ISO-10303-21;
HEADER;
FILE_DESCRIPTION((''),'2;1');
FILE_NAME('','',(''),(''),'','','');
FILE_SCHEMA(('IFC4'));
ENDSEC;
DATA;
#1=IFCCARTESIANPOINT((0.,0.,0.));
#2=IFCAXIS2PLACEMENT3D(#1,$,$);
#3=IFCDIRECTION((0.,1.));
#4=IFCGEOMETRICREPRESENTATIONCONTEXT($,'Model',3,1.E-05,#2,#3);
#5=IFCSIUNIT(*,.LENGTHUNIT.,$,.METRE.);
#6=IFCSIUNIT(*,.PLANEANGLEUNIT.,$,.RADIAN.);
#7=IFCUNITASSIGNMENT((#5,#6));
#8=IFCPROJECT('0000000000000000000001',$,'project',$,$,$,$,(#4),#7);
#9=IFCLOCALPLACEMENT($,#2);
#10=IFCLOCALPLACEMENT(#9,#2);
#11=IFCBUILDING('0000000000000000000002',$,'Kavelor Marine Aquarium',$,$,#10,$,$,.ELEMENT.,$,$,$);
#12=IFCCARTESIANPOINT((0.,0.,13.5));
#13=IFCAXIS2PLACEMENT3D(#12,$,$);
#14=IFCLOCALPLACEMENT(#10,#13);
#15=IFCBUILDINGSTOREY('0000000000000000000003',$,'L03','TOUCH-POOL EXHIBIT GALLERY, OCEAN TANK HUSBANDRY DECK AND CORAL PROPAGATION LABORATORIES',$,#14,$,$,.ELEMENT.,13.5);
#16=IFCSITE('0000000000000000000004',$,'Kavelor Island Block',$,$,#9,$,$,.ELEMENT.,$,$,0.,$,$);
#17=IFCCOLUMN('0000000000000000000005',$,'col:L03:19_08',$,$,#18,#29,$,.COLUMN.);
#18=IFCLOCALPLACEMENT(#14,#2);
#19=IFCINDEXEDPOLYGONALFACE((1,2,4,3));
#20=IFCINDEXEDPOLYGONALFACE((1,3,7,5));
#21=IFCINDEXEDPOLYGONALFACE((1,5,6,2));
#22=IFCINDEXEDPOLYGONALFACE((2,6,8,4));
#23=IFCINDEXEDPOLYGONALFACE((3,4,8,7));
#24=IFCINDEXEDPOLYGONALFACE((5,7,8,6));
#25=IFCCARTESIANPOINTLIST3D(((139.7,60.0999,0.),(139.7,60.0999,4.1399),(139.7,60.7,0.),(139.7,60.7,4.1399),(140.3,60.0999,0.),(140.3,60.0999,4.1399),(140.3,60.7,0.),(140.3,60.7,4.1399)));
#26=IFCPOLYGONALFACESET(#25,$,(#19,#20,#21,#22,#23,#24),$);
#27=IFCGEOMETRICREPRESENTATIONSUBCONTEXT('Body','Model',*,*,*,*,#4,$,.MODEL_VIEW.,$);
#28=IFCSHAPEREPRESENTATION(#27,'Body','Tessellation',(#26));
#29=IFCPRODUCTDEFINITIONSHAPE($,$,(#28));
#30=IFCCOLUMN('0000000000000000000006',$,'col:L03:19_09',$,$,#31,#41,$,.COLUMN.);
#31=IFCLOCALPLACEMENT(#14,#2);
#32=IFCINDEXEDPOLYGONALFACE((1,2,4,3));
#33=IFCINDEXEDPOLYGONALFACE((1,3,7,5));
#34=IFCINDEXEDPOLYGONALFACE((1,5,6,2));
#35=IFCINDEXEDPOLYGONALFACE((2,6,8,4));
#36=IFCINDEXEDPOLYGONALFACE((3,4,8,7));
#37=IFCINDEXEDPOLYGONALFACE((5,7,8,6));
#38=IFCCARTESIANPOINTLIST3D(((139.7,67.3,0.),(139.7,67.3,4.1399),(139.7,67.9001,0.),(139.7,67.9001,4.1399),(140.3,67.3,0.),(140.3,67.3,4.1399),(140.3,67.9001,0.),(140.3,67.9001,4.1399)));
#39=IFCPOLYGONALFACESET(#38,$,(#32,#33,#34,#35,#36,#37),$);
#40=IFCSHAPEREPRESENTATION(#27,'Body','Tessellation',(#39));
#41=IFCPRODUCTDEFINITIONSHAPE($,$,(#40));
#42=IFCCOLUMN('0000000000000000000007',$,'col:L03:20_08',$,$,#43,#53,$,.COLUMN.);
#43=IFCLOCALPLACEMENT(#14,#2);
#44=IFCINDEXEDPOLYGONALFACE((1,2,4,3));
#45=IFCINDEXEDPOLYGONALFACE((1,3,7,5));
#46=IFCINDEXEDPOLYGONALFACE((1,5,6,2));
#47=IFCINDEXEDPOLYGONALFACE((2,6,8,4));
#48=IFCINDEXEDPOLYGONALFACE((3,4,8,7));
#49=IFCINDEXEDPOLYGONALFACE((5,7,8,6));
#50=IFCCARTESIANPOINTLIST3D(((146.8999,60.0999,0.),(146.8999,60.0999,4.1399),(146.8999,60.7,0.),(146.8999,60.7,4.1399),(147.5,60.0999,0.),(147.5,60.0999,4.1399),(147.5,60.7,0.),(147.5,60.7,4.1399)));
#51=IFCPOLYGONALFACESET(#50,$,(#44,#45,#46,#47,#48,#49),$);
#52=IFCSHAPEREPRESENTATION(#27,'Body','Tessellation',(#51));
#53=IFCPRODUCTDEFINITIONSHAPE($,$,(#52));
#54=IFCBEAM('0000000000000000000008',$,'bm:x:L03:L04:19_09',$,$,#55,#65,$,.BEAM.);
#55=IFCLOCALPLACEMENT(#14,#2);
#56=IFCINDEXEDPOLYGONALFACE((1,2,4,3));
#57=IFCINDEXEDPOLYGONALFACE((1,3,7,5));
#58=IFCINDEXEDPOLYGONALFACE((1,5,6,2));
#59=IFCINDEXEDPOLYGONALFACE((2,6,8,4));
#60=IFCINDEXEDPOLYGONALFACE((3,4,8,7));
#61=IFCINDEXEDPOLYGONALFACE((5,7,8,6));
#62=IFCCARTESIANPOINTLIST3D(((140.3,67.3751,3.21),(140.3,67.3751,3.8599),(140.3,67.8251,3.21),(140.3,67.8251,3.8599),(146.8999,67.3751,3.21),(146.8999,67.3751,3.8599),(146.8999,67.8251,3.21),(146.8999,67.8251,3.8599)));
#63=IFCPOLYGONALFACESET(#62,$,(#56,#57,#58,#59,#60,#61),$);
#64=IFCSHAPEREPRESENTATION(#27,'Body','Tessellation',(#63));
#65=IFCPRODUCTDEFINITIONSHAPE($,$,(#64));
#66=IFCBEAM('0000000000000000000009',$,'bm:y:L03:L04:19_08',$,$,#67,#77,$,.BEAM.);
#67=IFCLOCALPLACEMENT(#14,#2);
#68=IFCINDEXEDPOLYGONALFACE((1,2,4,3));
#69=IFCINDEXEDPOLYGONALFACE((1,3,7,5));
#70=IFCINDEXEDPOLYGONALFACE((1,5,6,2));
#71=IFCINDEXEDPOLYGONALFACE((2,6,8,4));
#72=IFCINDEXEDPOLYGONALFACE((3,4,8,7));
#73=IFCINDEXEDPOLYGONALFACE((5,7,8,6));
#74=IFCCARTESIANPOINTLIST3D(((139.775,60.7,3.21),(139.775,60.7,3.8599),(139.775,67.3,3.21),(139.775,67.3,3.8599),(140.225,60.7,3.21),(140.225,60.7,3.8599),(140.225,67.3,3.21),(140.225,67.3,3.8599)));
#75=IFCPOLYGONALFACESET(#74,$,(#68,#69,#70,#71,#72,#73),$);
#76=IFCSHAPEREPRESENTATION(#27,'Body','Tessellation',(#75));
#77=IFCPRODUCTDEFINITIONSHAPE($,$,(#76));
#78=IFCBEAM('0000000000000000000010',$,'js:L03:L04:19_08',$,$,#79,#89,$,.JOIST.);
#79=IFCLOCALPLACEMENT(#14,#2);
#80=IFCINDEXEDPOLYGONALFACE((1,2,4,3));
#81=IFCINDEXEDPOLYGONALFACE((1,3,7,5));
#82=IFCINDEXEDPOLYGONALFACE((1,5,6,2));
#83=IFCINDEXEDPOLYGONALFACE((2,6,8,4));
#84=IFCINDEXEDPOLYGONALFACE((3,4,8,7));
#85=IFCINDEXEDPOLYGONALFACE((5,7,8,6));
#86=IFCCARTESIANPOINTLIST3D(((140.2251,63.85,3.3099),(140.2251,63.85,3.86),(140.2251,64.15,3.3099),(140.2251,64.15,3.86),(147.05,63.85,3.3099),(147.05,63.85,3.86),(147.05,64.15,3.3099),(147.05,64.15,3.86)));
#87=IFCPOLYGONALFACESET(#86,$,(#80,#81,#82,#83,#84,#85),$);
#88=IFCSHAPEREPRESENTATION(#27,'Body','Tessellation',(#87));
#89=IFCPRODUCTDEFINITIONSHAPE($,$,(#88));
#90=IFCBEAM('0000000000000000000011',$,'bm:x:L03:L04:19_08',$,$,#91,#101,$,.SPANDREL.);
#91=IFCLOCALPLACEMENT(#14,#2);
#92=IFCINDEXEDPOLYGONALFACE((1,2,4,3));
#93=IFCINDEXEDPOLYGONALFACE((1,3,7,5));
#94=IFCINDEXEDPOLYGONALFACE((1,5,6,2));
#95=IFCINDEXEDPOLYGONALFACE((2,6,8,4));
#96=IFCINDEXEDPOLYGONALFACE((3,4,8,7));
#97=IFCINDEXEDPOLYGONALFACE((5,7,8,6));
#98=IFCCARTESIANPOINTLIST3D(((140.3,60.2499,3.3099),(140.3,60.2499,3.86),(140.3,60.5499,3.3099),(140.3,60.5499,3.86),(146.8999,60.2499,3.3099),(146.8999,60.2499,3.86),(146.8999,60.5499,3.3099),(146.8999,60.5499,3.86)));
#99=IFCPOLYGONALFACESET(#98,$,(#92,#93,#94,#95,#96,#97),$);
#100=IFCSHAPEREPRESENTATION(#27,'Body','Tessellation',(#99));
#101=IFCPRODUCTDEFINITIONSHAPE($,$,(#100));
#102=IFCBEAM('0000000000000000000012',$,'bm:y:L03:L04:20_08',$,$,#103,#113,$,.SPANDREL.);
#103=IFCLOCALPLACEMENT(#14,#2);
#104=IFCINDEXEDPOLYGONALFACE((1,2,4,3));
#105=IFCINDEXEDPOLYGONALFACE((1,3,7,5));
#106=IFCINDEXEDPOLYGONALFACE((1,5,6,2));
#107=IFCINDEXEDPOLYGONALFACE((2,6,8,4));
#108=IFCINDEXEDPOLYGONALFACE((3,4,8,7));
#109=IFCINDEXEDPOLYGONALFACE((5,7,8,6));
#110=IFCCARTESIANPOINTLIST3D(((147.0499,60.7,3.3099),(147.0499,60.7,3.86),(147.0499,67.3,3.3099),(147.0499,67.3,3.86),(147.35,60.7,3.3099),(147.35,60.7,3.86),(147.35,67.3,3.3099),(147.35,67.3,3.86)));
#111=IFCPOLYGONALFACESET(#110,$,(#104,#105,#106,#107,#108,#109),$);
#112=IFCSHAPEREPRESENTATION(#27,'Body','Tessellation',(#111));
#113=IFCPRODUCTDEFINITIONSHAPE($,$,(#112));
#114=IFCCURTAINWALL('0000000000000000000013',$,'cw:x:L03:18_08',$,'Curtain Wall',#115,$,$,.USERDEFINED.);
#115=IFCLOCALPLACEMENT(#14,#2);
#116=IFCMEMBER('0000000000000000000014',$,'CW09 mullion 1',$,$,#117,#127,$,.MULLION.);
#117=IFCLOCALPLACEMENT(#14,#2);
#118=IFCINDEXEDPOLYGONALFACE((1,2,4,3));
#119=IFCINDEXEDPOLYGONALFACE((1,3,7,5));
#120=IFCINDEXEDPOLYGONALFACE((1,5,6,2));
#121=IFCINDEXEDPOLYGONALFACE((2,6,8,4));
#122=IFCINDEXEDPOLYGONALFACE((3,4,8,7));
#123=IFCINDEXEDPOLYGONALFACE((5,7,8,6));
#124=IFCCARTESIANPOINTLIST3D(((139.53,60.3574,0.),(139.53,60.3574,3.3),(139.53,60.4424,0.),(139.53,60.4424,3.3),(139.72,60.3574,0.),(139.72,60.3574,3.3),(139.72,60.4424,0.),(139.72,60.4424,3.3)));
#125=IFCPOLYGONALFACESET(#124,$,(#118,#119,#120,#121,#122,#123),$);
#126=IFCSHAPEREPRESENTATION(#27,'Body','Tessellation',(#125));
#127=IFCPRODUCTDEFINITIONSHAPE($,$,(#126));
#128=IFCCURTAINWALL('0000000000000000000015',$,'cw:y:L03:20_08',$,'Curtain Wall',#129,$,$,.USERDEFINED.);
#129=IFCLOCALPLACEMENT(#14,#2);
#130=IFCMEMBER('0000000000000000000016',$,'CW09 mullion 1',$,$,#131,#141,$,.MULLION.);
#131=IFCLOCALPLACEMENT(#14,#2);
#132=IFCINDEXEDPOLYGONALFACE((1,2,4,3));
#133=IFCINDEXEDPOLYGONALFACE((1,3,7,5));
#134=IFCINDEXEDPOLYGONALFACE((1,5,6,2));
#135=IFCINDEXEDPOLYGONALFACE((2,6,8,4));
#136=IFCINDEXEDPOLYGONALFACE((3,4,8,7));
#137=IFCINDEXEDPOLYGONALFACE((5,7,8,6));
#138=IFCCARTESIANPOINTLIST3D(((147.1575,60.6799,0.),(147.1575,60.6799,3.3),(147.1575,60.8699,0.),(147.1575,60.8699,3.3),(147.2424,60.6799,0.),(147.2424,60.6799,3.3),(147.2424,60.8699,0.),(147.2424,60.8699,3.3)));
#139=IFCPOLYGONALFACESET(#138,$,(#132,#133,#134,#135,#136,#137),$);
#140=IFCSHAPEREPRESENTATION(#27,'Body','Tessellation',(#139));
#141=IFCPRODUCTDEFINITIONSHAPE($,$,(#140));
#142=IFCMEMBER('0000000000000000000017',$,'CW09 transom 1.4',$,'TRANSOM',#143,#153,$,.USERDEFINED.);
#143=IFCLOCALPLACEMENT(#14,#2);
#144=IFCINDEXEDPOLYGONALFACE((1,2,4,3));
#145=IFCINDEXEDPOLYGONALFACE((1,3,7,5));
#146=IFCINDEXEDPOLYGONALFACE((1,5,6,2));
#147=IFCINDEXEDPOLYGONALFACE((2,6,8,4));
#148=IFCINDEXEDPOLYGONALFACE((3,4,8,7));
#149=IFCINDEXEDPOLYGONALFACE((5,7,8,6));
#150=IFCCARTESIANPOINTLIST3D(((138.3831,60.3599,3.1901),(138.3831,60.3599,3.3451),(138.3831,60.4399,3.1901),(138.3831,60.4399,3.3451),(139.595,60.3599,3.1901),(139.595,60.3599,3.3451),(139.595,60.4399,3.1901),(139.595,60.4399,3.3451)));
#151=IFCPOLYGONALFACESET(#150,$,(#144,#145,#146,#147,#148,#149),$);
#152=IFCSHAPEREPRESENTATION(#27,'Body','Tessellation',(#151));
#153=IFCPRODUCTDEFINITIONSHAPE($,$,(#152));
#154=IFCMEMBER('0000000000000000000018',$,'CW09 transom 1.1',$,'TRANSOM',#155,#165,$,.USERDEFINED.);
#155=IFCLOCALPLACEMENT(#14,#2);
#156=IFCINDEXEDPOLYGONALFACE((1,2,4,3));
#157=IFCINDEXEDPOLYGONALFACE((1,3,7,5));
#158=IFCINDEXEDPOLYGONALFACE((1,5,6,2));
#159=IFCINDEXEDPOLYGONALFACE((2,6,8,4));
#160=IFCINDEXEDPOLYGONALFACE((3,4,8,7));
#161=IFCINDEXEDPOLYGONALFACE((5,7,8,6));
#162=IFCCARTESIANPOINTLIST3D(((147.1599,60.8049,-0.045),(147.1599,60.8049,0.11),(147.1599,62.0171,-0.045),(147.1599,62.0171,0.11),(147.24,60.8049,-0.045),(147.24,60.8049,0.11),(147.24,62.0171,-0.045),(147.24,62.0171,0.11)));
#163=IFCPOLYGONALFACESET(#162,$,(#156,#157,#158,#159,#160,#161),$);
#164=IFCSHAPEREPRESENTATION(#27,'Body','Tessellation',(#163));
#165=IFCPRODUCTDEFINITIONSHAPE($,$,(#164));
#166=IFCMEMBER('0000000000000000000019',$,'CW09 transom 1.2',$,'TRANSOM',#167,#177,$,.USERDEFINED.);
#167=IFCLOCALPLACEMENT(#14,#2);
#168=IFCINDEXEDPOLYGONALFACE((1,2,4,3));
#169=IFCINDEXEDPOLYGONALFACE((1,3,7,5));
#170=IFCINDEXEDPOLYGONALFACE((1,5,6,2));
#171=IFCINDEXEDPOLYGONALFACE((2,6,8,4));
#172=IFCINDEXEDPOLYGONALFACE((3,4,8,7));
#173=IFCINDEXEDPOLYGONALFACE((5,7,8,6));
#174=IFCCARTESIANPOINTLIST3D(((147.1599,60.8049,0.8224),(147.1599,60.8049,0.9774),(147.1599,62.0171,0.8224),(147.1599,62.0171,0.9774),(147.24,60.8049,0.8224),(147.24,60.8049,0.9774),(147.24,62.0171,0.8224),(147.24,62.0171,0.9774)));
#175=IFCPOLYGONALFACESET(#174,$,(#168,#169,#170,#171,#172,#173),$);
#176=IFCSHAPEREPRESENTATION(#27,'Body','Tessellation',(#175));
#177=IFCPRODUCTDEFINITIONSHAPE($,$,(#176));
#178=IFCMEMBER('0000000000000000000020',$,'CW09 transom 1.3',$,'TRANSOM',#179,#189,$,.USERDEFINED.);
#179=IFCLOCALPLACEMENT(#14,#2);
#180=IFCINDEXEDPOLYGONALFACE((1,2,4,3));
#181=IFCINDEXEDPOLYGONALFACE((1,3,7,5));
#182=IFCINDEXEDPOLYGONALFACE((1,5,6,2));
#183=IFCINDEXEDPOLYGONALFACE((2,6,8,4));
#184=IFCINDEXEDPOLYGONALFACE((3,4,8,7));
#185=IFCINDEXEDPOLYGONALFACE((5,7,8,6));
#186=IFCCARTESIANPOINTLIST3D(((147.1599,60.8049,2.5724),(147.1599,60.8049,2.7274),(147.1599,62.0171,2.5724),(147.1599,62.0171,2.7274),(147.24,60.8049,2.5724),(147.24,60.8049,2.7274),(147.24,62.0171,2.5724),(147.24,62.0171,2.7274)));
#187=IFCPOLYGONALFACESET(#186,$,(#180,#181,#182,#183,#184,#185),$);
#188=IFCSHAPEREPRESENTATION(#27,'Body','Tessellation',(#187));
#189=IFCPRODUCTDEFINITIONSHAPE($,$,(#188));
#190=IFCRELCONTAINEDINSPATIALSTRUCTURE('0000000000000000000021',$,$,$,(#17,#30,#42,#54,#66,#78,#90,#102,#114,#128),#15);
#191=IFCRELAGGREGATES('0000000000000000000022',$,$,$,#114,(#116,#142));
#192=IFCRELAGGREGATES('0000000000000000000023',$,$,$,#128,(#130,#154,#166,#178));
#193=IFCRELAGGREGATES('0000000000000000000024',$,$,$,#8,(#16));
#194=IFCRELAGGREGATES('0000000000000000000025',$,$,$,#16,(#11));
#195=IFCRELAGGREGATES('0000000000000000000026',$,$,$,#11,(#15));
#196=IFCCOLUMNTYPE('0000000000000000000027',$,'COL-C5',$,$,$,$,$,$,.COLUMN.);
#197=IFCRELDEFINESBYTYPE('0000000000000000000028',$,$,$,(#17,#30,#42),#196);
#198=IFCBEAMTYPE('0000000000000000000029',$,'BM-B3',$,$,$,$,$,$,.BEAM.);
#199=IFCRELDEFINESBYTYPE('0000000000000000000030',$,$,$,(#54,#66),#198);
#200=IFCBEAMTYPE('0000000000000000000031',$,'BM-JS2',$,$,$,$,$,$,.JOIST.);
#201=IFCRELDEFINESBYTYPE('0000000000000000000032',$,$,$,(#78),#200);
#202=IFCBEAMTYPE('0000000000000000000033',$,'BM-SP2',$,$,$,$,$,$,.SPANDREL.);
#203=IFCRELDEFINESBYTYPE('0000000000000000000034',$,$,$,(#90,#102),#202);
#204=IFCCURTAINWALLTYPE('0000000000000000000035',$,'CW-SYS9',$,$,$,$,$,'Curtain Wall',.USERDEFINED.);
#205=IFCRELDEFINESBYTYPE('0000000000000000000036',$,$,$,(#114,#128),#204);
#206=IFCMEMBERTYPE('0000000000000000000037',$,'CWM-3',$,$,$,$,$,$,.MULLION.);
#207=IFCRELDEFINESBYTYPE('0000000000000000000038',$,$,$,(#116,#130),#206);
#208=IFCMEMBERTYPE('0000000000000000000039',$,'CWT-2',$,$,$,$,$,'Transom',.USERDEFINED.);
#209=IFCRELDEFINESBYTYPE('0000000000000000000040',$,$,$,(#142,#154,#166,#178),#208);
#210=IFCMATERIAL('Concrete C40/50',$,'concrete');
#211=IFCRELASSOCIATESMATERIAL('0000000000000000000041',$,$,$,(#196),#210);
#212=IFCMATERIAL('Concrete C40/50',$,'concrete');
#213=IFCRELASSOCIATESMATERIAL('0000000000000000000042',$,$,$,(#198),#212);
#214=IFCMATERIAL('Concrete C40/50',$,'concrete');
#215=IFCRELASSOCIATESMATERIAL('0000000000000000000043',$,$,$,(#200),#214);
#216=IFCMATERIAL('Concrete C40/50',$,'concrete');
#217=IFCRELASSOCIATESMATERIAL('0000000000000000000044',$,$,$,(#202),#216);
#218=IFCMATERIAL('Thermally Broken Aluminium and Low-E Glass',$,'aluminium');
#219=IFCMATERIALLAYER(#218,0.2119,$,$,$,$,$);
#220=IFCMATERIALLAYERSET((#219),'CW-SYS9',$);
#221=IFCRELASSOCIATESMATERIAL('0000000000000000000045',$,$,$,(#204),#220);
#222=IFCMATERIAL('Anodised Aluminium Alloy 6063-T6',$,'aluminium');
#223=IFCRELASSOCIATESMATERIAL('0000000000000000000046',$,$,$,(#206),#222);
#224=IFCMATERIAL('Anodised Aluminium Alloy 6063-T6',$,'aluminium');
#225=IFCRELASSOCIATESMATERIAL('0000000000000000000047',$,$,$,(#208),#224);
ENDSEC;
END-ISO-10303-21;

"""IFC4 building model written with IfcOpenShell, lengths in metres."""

from ifc_helpers import new_model, si_unit, direction, frame, origin, origin_2d, place, context, subcontext, project, spatial, rectangle, extrude, material, layer, layer_set, material_profile, profile_set, type_object, element, aggregate, save


model = new_model("IFC4")

# Units and contexts
model_context = context("Model", 3, precision=1e-05, world=origin(), true_north=direction((0.0, 1.0)))
body_context = subcontext(model_context, "Body", "Model", "MODEL_VIEW")
ifc_project = project(units=[si_unit("LENGTHUNIT", "METRE"), si_unit("PLANEANGLEUNIT", "RADIAN")], contexts=[model_context])

# Site, building, storey
site_placement = place(None, origin())
site = spatial("IfcSite", under=ifc_project, at=site_placement, Name="Kavelor Island Block", CompositionType="ELEMENT", RefElevation=0.0)
building_placement = place(site_placement, origin())
building = spatial("IfcBuilding", under=site, at=building_placement, Name="Kavelor Marine Aquarium", CompositionType="ELEMENT")
storey_placement = place(building_placement, frame((0.0, 0.0, 13.5)))
storey = spatial("IfcBuildingStorey", under=building, at=storey_placement, Name="L03", Description="TOUCH-POOL EXHIBIT GALLERY, OCEAN TANK HUSBANDRY DECK AND CORAL PROPAGATION LABORATORIES", CompositionType="ELEMENT", Elevation=13.5)

# Columns
ifc_material_1 = material(Name="Concrete C40/50", Category="concrete")
ifc_material_profile_1 = material_profile(ifc_material_1, rectangle(XDim=0.6001, YDim=0.6001, at=origin_2d()), Name="RC-COL 600x600")
ifc_profile_set_1 = profile_set([ifc_material_profile_1], Name="Concrete C40/50")
column_type = type_object("IfcColumnType", Name="COL-C5", PredefinedType="COLUMN", material=ifc_profile_set_1)
for number, where, z_axis, x_axis, name in (
    (1, (140.0, 60.3999, 0.0), (0.0, 0.0, 1.0), (1.0, 0.0, 0.0), "col:L03:19_08"),
    (2, (140.0, 67.6001, 0.0), (0.0, 0.0, 1.0), (1.0, 0.0, 0.0), "col:L03:19_09"),
    (3, (147.2, 60.3999, 0.0), (0.0, 0.0, 1.0), (1.0, 0.0, 0.0), "col:L03:20_08"),
):
    element("IfcColumn", number, at=place(storey_placement, frame(where, z_axis=z_axis, x_axis=x_axis)), inside=storey, type_object=column_type, Name=name, PredefinedType="COLUMN", context=body_context, shape_type="SweptSolid", body=[
        extrude(rectangle(XDim=0.6001, YDim=0.6001, at=origin_2d()), origin(), (0.0, 0.0, 1.0), 4.1399),
    ])

# Beams
ifc_material_2 = material(Name="Concrete C40/50", Category="concrete")
ifc_material_profile_2 = material_profile(ifc_material_2, rectangle(XDim=0.45, YDim=0.6499, at=origin_2d()), Name="RC-BM 450x650")
ifc_profile_set_2 = profile_set([ifc_material_profile_2], Name="Concrete C40/50")
beam_type_1 = type_object("IfcBeamType", Name="BM-B3", PredefinedType="BEAM", material=ifc_profile_set_2)
beam_1_placement = place(storey_placement, frame((140.3, 67.6001, 3.5349), z_axis=(1.0, 0.0, 0.0), x_axis=(0.0, 1.0, 0.0)))
element("IfcBeam", 4, at=beam_1_placement, inside=storey, type_object=beam_type_1, Name="bm:x:L03:L04:19_09", PredefinedType="BEAM", context=body_context, shape_type="SweptSolid", body=[
    extrude(rectangle(XDim=0.45, YDim=0.6499, at=origin_2d()), origin(), (0.0, 0.0, 1.0), 6.5999),
])
beam_2_placement = place(storey_placement, frame((140.0, 60.7, 3.5349), z_axis=(0.0, 1.0, 0.0), x_axis=(-1.0, 0.0, 0.0)))
element("IfcBeam", 5, at=beam_2_placement, inside=storey, type_object=beam_type_1, Name="bm:y:L03:L04:19_08", PredefinedType="BEAM", context=body_context, shape_type="SweptSolid", body=[
    extrude(rectangle(XDim=0.45, YDim=0.6499, at=origin_2d()), origin(), (0.0, 0.0, 1.0), 6.6001),
])
ifc_material_3 = material(Name="Concrete C40/50", Category="concrete")
ifc_material_profile_3 = material_profile(ifc_material_3, rectangle(XDim=0.3, YDim=0.55, at=origin_2d()), Name="RC-JS 300x550")
ifc_profile_set_3 = profile_set([ifc_material_profile_3], Name="Concrete C40/50")
beam_type_2 = type_object("IfcBeamType", Name="BM-JS2", PredefinedType="JOIST", material=ifc_profile_set_3)
beam_3_placement = place(storey_placement, frame((140.2251, 64.0, 3.585), z_axis=(1.0, 0.0, 0.0), x_axis=(0.0, 1.0, 0.0)))
element("IfcBeam", 6, at=beam_3_placement, inside=storey, type_object=beam_type_2, Name="js:L03:L04:19_08", PredefinedType="JOIST", context=body_context, shape_type="SweptSolid", body=[
    extrude(rectangle(XDim=0.3, YDim=0.55, at=origin_2d()), origin(), (0.0, 0.0, 1.0), 6.825),
])
ifc_material_4 = material(Name="Concrete C40/50", Category="concrete")
ifc_material_profile_4 = material_profile(ifc_material_4, rectangle(XDim=0.3, YDim=0.55, at=origin_2d()), Name="RC-SP 300x550")
ifc_profile_set_4 = profile_set([ifc_material_profile_4], Name="Concrete C40/50")
beam_type_3 = type_object("IfcBeamType", Name="BM-SP2", PredefinedType="SPANDREL", material=ifc_profile_set_4)
beam_4_placement = place(storey_placement, frame((140.3, 60.3999, 3.585), z_axis=(1.0, 0.0, 0.0), x_axis=(0.0, 1.0, 0.0)))
element("IfcBeam", 7, at=beam_4_placement, inside=storey, type_object=beam_type_3, Name="bm:x:L03:L04:19_08", PredefinedType="SPANDREL", context=body_context, shape_type="SweptSolid", body=[
    extrude(rectangle(XDim=0.3, YDim=0.55, at=origin_2d()), origin(), (0.0, 0.0, 1.0), 6.5999),
])
beam_5_placement = place(storey_placement, frame((147.2, 60.7, 3.585), z_axis=(0.0, 1.0, 0.0), x_axis=(-1.0, 0.0, 0.0)))
element("IfcBeam", 8, at=beam_5_placement, inside=storey, type_object=beam_type_3, Name="bm:y:L03:L04:20_08", PredefinedType="SPANDREL", context=body_context, shape_type="SweptSolid", body=[
    extrude(rectangle(XDim=0.3, YDim=0.55, at=origin_2d()), origin(), (0.0, 0.0, 1.0), 6.6001),
])

# Curtain walls, members
ifc_material_5 = material(Name="Thermally Broken Aluminium and Low-E Glass", Category="aluminium")
ifc_layer_1 = layer(ifc_material_5, 0.2119)
ifc_layer_set_1 = layer_set([ifc_layer_1], Name="CW-SYS9")
curtain_wall_type = type_object("IfcCurtainWallType", Name="CW-SYS9", ElementType="Curtain Wall", PredefinedType="USERDEFINED", material=ifc_layer_set_1)
curtain_wall_1_placement = place(storey_placement, origin())
curtain_wall_1 = element("IfcCurtainWall", 9, at=curtain_wall_1_placement, inside=storey, type_object=curtain_wall_type, Name="cw:x:L03:18_08", ObjectType="Curtain Wall", PredefinedType="USERDEFINED")
ifc_material_6 = material(Name="Anodised Aluminium Alloy 6063-T6", Category="aluminium")
ifc_material_profile_5 = material_profile(ifc_material_6, rectangle(XDim=0.085, YDim=0.1899, at=origin_2d()), Name="CW-MUL 85x190")
ifc_profile_set_5 = profile_set([ifc_material_profile_5], Name="Anodised Aluminium Alloy 6063-T6")
member_type_1 = type_object("IfcMemberType", Name="CWM-3", PredefinedType="MULLION", material=ifc_profile_set_5)
member_1_placement = place(storey_placement, frame((139.625, 60.3999, 0.0), z_axis=(0.0, 0.0, 1.0), x_axis=(0.0, -1.0, 0.0)))
member_1 = element("IfcMember", 10, at=member_1_placement, type_object=member_type_1, Name="CW09 mullion 1", PredefinedType="MULLION", context=body_context, shape_type="SweptSolid", body=[
    extrude(rectangle(XDim=0.085, YDim=0.1899, at=origin_2d()), origin(), (0.0, 0.0, 1.0), 3.3),
])
curtain_wall_2_placement = place(storey_placement, origin())
curtain_wall_2 = element("IfcCurtainWall", 11, at=curtain_wall_2_placement, inside=storey, type_object=curtain_wall_type, Name="cw:y:L03:20_08", ObjectType="Curtain Wall", PredefinedType="USERDEFINED")
member_2_placement = place(storey_placement, frame((147.2, 60.7749, 0.0), z_axis=(0.0, 0.0, 1.0), x_axis=(-1.0, 0.0, 0.0)))
member_2 = element("IfcMember", 12, at=member_2_placement, type_object=member_type_1, Name="CW09 mullion 1", PredefinedType="MULLION", context=body_context, shape_type="SweptSolid", body=[
    extrude(rectangle(XDim=0.085, YDim=0.1899, at=origin_2d()), origin(), (0.0, 0.0, 1.0), 3.3),
])

# Members
ifc_material_7 = material(Name="Anodised Aluminium Alloy 6063-T6", Category="aluminium")
ifc_material_profile_6 = material_profile(ifc_material_7, rectangle(XDim=0.0801, YDim=0.155, at=origin_2d()), Name="CW-TRN 80x155")
ifc_profile_set_6 = profile_set([ifc_material_profile_6], Name="Anodised Aluminium Alloy 6063-T6")
member_type_2 = type_object("IfcMemberType", Name="CWT-2", ElementType="Transom", PredefinedType="USERDEFINED", material=ifc_profile_set_6)
member_3_placement = place(storey_placement, frame((139.595, 60.3999, 3.2676), z_axis=(-1.0, 0.0, 0.0), x_axis=(0.0, -1.0, 0.0)))
member_3 = element("IfcMember", 13, at=member_3_placement, type_object=member_type_2, Name="CW09 transom 1.4", ObjectType="TRANSOM", PredefinedType="USERDEFINED", context=body_context, shape_type="SweptSolid", body=[
    extrude(rectangle(XDim=0.0801, YDim=0.155, at=origin_2d()), origin(), (0.0, 0.0, 1.0), 1.2119),
])
aggregate(curtain_wall_1, [member_1, member_3])
member_4_placement = place(storey_placement, frame((147.2, 60.8049, 0.0325), z_axis=(0.0, 1.0, 0.0), x_axis=(-1.0, 0.0, 0.0)))
member_4 = element("IfcMember", 14, at=member_4_placement, type_object=member_type_2, Name="CW09 transom 1.1", ObjectType="TRANSOM", PredefinedType="USERDEFINED", context=body_context, shape_type="SweptSolid", body=[
    extrude(rectangle(XDim=0.0801, YDim=0.155, at=origin_2d()), origin(), (0.0, 0.0, 1.0), 1.2122),
])
member_5_placement = place(storey_placement, frame((147.2, 60.8049, 0.8999), z_axis=(0.0, 1.0, 0.0), x_axis=(-1.0, 0.0, 0.0)))
member_5 = element("IfcMember", 15, at=member_5_placement, type_object=member_type_2, Name="CW09 transom 1.2", ObjectType="TRANSOM", PredefinedType="USERDEFINED", context=body_context, shape_type="SweptSolid", body=[
    extrude(rectangle(XDim=0.0801, YDim=0.155, at=origin_2d()), origin(), (0.0, 0.0, 1.0), 1.2122),
])
member_6_placement = place(storey_placement, frame((147.2, 60.8049, 2.6499), z_axis=(0.0, 1.0, 0.0), x_axis=(-1.0, 0.0, 0.0)))
member_6 = element("IfcMember", 16, at=member_6_placement, type_object=member_type_2, Name="CW09 transom 1.3", ObjectType="TRANSOM", PredefinedType="USERDEFINED", context=body_context, shape_type="SweptSolid", body=[
    extrude(rectangle(XDim=0.0801, YDim=0.155, at=origin_2d()), origin(), (0.0, 0.0, 1.0), 1.2122),
])

aggregate(curtain_wall_2, [member_2, member_4, member_5, member_6])

save(model, "model.ifc")
